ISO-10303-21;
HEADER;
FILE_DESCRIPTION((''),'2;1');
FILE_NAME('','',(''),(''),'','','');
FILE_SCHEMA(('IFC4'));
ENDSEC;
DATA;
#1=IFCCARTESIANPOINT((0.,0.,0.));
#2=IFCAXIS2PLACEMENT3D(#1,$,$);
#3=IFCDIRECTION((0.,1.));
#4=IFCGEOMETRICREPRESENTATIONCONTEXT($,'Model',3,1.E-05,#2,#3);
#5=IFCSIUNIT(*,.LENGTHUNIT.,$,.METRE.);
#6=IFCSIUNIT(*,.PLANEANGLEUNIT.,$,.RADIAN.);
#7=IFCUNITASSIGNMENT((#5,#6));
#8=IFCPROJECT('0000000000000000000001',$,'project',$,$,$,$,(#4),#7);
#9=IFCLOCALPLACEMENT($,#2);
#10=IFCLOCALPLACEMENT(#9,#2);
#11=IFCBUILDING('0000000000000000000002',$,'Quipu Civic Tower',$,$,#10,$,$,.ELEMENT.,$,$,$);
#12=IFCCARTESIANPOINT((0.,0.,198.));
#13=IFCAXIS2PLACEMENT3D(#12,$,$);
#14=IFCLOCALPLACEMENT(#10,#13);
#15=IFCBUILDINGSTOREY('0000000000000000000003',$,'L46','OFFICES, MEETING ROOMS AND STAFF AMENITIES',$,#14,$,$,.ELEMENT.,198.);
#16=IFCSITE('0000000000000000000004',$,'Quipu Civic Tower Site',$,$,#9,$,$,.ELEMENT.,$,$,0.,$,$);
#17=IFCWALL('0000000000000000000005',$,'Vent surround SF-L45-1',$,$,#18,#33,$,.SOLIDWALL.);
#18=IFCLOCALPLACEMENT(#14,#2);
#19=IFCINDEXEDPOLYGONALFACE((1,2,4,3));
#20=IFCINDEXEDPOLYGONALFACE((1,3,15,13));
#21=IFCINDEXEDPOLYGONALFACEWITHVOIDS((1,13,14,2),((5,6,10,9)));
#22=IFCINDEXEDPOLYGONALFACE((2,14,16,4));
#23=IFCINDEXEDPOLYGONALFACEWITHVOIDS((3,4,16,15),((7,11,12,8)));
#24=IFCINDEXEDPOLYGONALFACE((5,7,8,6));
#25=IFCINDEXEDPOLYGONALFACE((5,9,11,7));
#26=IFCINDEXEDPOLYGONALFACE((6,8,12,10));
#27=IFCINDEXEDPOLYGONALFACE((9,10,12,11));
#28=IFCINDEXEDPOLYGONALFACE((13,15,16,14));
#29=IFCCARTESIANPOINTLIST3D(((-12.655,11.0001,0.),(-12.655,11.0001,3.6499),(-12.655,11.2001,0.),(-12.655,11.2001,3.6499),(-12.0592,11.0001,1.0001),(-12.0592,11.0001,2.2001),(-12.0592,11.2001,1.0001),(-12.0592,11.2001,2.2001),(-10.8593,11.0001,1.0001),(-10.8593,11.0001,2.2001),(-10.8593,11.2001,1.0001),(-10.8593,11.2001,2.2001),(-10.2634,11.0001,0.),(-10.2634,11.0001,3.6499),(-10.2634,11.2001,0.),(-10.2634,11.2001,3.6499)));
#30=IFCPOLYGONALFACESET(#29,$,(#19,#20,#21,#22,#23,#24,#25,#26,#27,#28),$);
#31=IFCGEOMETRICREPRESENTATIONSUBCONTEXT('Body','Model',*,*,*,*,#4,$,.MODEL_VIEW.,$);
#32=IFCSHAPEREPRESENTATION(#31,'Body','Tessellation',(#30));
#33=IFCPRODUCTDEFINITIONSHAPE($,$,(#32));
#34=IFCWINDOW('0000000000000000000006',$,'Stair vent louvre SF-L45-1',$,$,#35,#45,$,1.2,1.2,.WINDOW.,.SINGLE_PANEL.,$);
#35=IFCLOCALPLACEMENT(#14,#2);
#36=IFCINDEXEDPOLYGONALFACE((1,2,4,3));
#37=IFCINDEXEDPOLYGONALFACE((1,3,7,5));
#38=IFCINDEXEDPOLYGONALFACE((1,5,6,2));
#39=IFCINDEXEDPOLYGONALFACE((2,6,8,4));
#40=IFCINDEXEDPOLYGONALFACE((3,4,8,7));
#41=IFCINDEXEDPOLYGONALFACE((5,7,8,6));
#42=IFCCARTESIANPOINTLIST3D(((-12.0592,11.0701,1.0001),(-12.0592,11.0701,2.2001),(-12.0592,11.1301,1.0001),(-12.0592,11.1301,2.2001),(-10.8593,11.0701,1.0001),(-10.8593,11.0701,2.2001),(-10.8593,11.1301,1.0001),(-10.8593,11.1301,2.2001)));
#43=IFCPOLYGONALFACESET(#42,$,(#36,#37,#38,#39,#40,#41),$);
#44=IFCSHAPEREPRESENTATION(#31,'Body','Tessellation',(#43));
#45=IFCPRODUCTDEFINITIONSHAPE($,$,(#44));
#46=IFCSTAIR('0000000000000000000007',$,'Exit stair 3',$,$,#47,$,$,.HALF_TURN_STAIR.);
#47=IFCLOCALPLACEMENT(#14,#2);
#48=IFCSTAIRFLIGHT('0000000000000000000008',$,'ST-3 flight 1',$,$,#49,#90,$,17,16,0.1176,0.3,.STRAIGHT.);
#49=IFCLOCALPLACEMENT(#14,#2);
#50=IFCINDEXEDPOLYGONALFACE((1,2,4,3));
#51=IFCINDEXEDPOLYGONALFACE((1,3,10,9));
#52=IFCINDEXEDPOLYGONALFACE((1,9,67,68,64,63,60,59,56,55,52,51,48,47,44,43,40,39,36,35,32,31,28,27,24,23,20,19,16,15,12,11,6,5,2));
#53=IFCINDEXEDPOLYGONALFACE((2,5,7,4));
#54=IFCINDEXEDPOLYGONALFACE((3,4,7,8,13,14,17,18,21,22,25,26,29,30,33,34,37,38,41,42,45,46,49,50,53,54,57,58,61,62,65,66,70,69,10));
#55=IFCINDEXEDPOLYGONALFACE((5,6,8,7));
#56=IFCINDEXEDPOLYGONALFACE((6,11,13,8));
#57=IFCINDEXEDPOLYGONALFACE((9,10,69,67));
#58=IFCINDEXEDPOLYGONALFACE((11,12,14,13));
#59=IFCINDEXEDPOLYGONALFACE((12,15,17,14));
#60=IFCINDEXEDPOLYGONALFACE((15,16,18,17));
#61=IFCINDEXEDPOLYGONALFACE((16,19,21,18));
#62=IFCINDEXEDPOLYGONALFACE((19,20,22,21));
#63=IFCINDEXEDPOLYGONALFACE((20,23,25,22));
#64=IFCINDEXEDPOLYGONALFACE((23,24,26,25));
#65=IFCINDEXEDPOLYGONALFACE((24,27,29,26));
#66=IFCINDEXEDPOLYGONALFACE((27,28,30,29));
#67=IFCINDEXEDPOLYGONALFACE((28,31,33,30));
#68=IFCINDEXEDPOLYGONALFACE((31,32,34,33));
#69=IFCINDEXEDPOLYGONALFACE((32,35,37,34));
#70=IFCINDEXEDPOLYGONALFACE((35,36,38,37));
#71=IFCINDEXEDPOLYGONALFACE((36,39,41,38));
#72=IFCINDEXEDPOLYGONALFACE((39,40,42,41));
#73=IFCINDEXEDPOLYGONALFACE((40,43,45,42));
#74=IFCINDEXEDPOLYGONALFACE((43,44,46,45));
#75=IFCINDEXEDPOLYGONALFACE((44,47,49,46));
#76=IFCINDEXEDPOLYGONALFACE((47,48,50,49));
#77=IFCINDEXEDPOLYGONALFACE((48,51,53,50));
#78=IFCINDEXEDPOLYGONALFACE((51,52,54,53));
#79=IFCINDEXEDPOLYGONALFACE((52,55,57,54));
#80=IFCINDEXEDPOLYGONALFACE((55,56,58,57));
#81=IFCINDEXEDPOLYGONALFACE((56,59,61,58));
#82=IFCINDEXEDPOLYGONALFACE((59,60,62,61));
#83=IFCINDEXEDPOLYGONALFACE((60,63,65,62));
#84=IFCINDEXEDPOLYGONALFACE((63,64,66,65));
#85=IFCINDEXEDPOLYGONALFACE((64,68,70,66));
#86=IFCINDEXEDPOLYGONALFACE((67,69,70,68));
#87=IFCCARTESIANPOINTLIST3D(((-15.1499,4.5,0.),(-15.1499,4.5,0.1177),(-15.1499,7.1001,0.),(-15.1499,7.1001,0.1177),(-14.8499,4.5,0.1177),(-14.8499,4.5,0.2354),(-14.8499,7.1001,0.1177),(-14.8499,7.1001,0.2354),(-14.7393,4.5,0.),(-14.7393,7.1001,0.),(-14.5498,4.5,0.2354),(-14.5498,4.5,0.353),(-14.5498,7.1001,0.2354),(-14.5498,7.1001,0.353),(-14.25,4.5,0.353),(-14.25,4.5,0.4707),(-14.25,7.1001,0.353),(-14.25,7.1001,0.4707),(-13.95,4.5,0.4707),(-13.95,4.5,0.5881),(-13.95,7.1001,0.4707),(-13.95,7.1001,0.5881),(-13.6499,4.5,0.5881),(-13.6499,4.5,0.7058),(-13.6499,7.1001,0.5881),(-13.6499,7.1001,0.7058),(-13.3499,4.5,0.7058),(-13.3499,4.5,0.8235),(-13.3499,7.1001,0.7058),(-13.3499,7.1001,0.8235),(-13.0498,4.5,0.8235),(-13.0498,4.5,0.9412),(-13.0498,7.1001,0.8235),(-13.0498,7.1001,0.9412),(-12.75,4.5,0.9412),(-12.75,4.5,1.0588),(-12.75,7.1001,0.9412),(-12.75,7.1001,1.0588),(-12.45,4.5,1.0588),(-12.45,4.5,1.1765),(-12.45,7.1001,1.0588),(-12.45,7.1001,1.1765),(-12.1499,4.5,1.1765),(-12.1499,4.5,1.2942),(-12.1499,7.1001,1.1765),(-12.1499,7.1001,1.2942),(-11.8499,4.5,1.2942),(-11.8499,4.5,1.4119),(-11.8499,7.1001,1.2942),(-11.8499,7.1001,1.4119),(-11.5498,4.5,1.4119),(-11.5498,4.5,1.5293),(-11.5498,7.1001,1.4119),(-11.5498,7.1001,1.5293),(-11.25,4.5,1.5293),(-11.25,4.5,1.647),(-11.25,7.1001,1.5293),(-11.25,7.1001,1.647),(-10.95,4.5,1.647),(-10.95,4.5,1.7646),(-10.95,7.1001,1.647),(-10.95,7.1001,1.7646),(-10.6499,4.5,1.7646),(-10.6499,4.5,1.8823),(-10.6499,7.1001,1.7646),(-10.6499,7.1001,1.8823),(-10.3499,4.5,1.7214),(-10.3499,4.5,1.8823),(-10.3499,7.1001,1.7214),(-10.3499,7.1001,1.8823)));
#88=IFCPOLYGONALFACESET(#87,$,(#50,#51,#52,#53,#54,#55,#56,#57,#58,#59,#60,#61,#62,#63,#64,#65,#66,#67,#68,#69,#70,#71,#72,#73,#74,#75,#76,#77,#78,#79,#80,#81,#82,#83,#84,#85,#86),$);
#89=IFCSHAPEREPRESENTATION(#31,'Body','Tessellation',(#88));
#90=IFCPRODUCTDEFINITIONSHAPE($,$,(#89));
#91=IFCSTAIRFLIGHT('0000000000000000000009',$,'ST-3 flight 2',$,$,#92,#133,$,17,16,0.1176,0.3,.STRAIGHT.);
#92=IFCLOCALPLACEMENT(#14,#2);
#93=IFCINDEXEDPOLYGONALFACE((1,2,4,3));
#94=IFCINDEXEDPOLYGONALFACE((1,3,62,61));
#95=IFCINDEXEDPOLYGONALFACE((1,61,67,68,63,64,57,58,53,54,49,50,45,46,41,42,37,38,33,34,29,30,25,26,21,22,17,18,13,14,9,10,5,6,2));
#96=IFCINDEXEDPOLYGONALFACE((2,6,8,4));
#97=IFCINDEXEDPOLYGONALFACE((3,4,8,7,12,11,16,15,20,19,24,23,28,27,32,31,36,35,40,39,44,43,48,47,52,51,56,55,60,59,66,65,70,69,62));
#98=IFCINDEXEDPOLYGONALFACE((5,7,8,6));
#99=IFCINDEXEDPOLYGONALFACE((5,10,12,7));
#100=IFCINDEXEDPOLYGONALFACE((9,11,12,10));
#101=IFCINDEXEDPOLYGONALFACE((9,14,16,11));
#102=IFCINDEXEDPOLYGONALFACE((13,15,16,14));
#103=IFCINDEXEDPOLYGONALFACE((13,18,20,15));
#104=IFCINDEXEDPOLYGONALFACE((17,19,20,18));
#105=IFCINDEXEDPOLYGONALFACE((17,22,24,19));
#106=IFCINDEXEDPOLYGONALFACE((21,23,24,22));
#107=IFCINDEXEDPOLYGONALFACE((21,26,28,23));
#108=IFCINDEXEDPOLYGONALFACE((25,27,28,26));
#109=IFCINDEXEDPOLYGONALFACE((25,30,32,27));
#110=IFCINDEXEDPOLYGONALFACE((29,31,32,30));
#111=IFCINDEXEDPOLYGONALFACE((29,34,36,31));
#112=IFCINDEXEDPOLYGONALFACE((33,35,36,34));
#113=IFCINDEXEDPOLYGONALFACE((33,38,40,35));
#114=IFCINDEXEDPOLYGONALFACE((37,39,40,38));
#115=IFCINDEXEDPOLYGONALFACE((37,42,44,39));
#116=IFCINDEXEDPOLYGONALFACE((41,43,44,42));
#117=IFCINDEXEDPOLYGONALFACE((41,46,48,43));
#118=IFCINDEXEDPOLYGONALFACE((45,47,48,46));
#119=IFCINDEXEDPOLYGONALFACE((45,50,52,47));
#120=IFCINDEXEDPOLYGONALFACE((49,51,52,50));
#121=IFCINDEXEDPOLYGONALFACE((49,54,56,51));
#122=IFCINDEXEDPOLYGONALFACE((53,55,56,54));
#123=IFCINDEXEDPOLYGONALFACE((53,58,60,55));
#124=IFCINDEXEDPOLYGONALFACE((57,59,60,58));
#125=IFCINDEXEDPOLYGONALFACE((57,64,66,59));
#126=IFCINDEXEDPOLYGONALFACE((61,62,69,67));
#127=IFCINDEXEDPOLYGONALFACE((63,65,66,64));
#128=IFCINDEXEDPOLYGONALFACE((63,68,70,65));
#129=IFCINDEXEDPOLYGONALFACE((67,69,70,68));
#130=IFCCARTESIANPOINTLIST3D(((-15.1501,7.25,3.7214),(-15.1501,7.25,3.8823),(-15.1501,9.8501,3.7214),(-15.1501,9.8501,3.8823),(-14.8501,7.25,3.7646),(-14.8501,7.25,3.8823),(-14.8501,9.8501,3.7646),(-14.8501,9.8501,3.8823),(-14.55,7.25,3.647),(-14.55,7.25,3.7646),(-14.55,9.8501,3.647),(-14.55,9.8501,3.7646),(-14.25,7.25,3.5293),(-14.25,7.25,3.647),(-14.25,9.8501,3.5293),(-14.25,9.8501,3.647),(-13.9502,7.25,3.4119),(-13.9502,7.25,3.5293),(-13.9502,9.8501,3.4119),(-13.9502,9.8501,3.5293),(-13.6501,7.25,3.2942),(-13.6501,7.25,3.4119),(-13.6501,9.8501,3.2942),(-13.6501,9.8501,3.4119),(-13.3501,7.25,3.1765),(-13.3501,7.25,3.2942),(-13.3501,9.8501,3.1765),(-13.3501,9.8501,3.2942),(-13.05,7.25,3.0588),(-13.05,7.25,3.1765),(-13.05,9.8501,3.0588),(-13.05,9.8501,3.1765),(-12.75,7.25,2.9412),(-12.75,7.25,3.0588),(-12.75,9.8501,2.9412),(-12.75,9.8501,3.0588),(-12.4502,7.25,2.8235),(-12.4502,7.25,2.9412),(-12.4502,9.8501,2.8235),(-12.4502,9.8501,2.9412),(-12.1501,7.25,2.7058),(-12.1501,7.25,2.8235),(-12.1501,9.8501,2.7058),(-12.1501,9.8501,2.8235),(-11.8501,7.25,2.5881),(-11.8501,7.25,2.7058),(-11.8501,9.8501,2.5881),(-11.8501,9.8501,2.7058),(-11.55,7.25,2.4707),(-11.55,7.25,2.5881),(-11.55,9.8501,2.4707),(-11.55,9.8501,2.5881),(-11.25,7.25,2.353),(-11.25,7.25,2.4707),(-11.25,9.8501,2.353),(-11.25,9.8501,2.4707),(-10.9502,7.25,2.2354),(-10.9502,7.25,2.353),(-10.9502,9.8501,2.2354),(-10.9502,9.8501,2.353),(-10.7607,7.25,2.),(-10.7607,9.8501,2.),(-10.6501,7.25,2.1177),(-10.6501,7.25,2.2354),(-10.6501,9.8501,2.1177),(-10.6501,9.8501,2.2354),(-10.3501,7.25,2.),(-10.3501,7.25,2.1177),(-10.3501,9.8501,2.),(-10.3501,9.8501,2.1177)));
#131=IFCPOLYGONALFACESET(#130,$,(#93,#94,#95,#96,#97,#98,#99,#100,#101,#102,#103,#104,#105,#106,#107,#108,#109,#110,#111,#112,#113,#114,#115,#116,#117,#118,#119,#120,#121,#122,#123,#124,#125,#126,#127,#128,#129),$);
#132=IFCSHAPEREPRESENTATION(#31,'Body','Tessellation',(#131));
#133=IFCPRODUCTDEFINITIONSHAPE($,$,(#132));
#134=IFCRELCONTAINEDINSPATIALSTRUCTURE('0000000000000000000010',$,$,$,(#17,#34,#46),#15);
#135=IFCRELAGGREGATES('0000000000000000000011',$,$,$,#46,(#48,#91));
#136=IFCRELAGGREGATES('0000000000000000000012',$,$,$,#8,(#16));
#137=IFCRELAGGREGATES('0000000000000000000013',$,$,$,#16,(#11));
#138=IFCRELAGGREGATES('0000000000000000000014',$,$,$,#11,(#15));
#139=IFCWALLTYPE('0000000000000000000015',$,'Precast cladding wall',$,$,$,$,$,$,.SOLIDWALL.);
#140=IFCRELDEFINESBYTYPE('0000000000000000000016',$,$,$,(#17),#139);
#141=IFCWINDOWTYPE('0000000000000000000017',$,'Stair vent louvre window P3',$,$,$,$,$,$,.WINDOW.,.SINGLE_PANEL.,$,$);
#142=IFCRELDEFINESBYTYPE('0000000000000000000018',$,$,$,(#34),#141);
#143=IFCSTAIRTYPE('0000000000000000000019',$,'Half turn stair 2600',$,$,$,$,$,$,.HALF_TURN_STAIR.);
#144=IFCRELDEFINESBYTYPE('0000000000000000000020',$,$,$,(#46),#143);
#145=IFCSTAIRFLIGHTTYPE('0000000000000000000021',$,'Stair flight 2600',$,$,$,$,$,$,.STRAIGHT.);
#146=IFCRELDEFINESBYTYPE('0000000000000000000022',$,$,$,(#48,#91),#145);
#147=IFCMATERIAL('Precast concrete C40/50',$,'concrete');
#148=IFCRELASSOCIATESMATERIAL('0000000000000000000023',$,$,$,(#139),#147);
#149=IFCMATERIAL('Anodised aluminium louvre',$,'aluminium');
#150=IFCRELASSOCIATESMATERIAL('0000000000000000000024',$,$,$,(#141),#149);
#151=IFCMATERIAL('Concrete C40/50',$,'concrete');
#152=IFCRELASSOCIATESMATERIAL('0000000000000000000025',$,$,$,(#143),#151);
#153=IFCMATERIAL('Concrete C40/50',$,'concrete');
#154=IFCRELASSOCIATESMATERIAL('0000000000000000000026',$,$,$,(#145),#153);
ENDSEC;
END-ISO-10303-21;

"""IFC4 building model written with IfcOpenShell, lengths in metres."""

from ifc_helpers import new_model, si_unit, direction, frame, frame_2d, origin, place, context, subcontext, project, spatial, polyline, rectangle, outline, extrude, material, type_object, element, fill, aggregate, save


model = new_model("IFC4")

# Units and contexts
model_context = context("Model", 3, precision=1e-05, world=origin(), true_north=direction((0.0, 1.0)))
body_context = subcontext(model_context, "Body", "Model", "MODEL_VIEW")
ifc_project = project(units=[si_unit("LENGTHUNIT", "METRE"), si_unit("PLANEANGLEUNIT", "RADIAN")], contexts=[model_context])

# Site, building, storey
site_placement = place(None, origin())
site = spatial("IfcSite", under=ifc_project, at=site_placement, Name="Quipu Civic Tower Site", CompositionType="ELEMENT", RefElevation=0.0)
building_placement = place(site_placement, origin())
building = spatial("IfcBuilding", under=site, at=building_placement, Name="Quipu Civic Tower", CompositionType="ELEMENT")
storey_placement = place(building_placement, frame((0.0, 0.0, 198.0)))
storey = spatial("IfcBuildingStorey", under=building, at=storey_placement, Name="L46", Description="OFFICES, MEETING ROOMS AND STAFF AMENITIES", CompositionType="ELEMENT", Elevation=198.0)

# Wall, opening, window
ifc_material_1 = material(Name="Precast concrete C40/50", Category="concrete")
wall_type_1 = type_object("IfcWallType", Name="Precast cladding wall", PredefinedType="SOLIDWALL", material=ifc_material_1)
wall_1_placement = place(storey_placement, frame((-10.2634, 11.1001, 0.0), z_axis=(0.0, 0.0, 1.0), x_axis=(-1.0, 0.0, 0.0)))
wall_1 = element("IfcWall", 1, at=wall_1_placement, inside=storey, type_object=wall_type_1, Name="Vent surround SF-L45-1", PredefinedType="SOLIDWALL", context=body_context, shape_type="SweptSolid", body=[
    extrude(rectangle(XDim=2.3916, YDim=0.2, at=frame_2d((1.1958, 0.0))), origin(), (0.0, 0.0, 1.0), 3.6499),
])
opening_1_placement = place(wall_1_placement, frame((0.5957, 0.0, 1.0)))
opening_1 = element("IfcOpeningElement", 2, at=opening_1_placement, cuts=wall_1, PredefinedType="OPENING", context=body_context, shape_type="SweptSolid", body=[
    extrude(rectangle(XDim=1.2, YDim=1.2, at=frame_2d((0.6001, 0.6001))), frame((0.0, 0.1099, 0.0), z_axis=(0.0, -1.0, 0.0), x_axis=(1.0, 0.0, 0.0)), (0.0, 0.0, 1.0), 0.22),
])
ifc_material_2 = material(Name="Anodised aluminium louvre", Category="aluminium")
window_type_1 = type_object("IfcWindowType", Name="Stair vent louvre window P3", PartitioningType="SINGLE_PANEL", PredefinedType="WINDOW", material=ifc_material_2)
window_1_placement = place(opening_1_placement, origin())
window_1 = element("IfcWindow", 3, at=window_1_placement, inside=storey, type_object=window_type_1, Name="Stair vent louvre SF-L45-1", OverallHeight=1.2, OverallWidth=1.2, PartitioningType="SINGLE_PANEL", PredefinedType="WINDOW", context=body_context, shape_type="SweptSolid", body=[
    extrude(rectangle(XDim=1.2, YDim=1.2, at=frame_2d((0.6001, 0.6001))), frame((0.0, 0.03, 0.0), z_axis=(0.0, -1.0, 0.0), x_axis=(1.0, 0.0, 0.0)), (0.0, 0.0, 1.0), 0.0601),
])
fill(opening_1, window_1)

# Stair, stair flights
ifc_material_3 = material(Name="Concrete C40/50", Category="concrete")
stair_type = type_object("IfcStairType", Name="Half turn stair 2600", PredefinedType="HALF_TURN_STAIR", material=ifc_material_3)
stair_placement = place(storey_placement, origin())
stair = element("IfcStair", 4, at=stair_placement, inside=storey, type_object=stair_type, Name="Exit stair 3", PredefinedType="HALF_TURN_STAIR")
ifc_material_4 = material(Name="Concrete C40/50", Category="concrete")
stair_flight_type = type_object("IfcStairFlightType", Name="Stair flight 2600", PredefinedType="STRAIGHT", material=ifc_material_4)
stair_flight_1_placement = place(storey_placement, frame((-15.1499, 5.8, 0.0), z_axis=(0.0, 0.0, 1.0), x_axis=(1.0, 0.0, 0.0)))
stair_flight_1 = element("IfcStairFlight", 5, at=stair_flight_1_placement, type_object=stair_flight_type, Name="ST-3 flight 1", NumberOfRisers=17, NumberOfTreads=16, PredefinedType="STRAIGHT", RiserHeight=0.1176, TreadLength=0.3, context=body_context, shape_type="SweptSolid", body=[
    extrude(outline(polyline([(0.0, 0.0), (0.0, 0.1177), (0.3, 0.1177), (0.3, 0.2354), (0.6001, 0.2354), (0.6001, 0.353), (0.8999, 0.353), (0.8999, 0.4707), (1.2, 0.4707), (1.2, 0.5881), (1.5, 0.5881), (1.5, 0.7058), (1.8, 0.7058), (1.8, 0.8235), (2.1001, 0.8235), (2.1001, 0.9412), (2.3999, 0.9412), (2.3999, 1.0588), (2.7, 1.0588), (2.7, 1.1765), (3.0, 1.1765), (3.0, 1.2942), (3.3, 1.2942), (3.3, 1.4119), (3.6001, 1.4119), (3.6001, 1.5293), (3.8999, 1.5293), (3.8999, 1.647), (4.2, 1.647), (4.2, 1.7646), (4.5, 1.7646), (4.5, 1.8823), (4.8, 1.8823), (4.8, 2.0), (4.8, 1.7214), (0.4106, 0.0), (0.0, 0.0)])), frame((0.0, 1.3, 0.0), z_axis=(0.0, -1.0, 0.0), x_axis=(1.0, 0.0, 0.0)), (0.0, 0.0, 1.0), 2.6001),
])
stair_flight_2_placement = place(storey_placement, frame((-10.3501, 8.55, 2.0), z_axis=(0.0, 0.0, 1.0), x_axis=(-1.0, 0.0, 0.0)))
stair_flight_2 = element("IfcStairFlight", 6, at=stair_flight_2_placement, type_object=stair_flight_type, Name="ST-3 flight 2", NumberOfRisers=17, NumberOfTreads=16, PredefinedType="STRAIGHT", RiserHeight=0.1176, TreadLength=0.3, context=body_context, shape_type="SweptSolid", body=[
    extrude(outline(polyline([(0.0, 0.0), (0.0, 0.1177), (0.3, 0.1177), (0.3, 0.2354), (0.6001, 0.2354), (0.6001, 0.353), (0.8999, 0.353), (0.8999, 0.4707), (1.2, 0.4707), (1.2, 0.5881), (1.5, 0.5881), (1.5, 0.7058), (1.8, 0.7058), (1.8, 0.8235), (2.1001, 0.8235), (2.1001, 0.9412), (2.3999, 0.9412), (2.3999, 1.0588), (2.7, 1.0588), (2.7, 1.1765), (3.0, 1.1765), (3.0, 1.2942), (3.3, 1.2942), (3.3, 1.4119), (3.6001, 1.4119), (3.6001, 1.5293), (3.8999, 1.5293), (3.8999, 1.647), (4.2, 1.647), (4.2, 1.7646), (4.5, 1.7646), (4.5, 1.8823), (4.8, 1.8823), (4.8, 2.0), (4.8, 1.7214), (0.4106, 0.0), (0.0, 0.0)])), frame((0.0, 1.3, 0.0), z_axis=(0.0, -1.0, 0.0), x_axis=(1.0, 0.0, 0.0)), (0.0, 0.0, 1.0), 2.6001),
])
aggregate(stair, [stair_flight_1, stair_flight_2])

save(model, "model.ifc")
